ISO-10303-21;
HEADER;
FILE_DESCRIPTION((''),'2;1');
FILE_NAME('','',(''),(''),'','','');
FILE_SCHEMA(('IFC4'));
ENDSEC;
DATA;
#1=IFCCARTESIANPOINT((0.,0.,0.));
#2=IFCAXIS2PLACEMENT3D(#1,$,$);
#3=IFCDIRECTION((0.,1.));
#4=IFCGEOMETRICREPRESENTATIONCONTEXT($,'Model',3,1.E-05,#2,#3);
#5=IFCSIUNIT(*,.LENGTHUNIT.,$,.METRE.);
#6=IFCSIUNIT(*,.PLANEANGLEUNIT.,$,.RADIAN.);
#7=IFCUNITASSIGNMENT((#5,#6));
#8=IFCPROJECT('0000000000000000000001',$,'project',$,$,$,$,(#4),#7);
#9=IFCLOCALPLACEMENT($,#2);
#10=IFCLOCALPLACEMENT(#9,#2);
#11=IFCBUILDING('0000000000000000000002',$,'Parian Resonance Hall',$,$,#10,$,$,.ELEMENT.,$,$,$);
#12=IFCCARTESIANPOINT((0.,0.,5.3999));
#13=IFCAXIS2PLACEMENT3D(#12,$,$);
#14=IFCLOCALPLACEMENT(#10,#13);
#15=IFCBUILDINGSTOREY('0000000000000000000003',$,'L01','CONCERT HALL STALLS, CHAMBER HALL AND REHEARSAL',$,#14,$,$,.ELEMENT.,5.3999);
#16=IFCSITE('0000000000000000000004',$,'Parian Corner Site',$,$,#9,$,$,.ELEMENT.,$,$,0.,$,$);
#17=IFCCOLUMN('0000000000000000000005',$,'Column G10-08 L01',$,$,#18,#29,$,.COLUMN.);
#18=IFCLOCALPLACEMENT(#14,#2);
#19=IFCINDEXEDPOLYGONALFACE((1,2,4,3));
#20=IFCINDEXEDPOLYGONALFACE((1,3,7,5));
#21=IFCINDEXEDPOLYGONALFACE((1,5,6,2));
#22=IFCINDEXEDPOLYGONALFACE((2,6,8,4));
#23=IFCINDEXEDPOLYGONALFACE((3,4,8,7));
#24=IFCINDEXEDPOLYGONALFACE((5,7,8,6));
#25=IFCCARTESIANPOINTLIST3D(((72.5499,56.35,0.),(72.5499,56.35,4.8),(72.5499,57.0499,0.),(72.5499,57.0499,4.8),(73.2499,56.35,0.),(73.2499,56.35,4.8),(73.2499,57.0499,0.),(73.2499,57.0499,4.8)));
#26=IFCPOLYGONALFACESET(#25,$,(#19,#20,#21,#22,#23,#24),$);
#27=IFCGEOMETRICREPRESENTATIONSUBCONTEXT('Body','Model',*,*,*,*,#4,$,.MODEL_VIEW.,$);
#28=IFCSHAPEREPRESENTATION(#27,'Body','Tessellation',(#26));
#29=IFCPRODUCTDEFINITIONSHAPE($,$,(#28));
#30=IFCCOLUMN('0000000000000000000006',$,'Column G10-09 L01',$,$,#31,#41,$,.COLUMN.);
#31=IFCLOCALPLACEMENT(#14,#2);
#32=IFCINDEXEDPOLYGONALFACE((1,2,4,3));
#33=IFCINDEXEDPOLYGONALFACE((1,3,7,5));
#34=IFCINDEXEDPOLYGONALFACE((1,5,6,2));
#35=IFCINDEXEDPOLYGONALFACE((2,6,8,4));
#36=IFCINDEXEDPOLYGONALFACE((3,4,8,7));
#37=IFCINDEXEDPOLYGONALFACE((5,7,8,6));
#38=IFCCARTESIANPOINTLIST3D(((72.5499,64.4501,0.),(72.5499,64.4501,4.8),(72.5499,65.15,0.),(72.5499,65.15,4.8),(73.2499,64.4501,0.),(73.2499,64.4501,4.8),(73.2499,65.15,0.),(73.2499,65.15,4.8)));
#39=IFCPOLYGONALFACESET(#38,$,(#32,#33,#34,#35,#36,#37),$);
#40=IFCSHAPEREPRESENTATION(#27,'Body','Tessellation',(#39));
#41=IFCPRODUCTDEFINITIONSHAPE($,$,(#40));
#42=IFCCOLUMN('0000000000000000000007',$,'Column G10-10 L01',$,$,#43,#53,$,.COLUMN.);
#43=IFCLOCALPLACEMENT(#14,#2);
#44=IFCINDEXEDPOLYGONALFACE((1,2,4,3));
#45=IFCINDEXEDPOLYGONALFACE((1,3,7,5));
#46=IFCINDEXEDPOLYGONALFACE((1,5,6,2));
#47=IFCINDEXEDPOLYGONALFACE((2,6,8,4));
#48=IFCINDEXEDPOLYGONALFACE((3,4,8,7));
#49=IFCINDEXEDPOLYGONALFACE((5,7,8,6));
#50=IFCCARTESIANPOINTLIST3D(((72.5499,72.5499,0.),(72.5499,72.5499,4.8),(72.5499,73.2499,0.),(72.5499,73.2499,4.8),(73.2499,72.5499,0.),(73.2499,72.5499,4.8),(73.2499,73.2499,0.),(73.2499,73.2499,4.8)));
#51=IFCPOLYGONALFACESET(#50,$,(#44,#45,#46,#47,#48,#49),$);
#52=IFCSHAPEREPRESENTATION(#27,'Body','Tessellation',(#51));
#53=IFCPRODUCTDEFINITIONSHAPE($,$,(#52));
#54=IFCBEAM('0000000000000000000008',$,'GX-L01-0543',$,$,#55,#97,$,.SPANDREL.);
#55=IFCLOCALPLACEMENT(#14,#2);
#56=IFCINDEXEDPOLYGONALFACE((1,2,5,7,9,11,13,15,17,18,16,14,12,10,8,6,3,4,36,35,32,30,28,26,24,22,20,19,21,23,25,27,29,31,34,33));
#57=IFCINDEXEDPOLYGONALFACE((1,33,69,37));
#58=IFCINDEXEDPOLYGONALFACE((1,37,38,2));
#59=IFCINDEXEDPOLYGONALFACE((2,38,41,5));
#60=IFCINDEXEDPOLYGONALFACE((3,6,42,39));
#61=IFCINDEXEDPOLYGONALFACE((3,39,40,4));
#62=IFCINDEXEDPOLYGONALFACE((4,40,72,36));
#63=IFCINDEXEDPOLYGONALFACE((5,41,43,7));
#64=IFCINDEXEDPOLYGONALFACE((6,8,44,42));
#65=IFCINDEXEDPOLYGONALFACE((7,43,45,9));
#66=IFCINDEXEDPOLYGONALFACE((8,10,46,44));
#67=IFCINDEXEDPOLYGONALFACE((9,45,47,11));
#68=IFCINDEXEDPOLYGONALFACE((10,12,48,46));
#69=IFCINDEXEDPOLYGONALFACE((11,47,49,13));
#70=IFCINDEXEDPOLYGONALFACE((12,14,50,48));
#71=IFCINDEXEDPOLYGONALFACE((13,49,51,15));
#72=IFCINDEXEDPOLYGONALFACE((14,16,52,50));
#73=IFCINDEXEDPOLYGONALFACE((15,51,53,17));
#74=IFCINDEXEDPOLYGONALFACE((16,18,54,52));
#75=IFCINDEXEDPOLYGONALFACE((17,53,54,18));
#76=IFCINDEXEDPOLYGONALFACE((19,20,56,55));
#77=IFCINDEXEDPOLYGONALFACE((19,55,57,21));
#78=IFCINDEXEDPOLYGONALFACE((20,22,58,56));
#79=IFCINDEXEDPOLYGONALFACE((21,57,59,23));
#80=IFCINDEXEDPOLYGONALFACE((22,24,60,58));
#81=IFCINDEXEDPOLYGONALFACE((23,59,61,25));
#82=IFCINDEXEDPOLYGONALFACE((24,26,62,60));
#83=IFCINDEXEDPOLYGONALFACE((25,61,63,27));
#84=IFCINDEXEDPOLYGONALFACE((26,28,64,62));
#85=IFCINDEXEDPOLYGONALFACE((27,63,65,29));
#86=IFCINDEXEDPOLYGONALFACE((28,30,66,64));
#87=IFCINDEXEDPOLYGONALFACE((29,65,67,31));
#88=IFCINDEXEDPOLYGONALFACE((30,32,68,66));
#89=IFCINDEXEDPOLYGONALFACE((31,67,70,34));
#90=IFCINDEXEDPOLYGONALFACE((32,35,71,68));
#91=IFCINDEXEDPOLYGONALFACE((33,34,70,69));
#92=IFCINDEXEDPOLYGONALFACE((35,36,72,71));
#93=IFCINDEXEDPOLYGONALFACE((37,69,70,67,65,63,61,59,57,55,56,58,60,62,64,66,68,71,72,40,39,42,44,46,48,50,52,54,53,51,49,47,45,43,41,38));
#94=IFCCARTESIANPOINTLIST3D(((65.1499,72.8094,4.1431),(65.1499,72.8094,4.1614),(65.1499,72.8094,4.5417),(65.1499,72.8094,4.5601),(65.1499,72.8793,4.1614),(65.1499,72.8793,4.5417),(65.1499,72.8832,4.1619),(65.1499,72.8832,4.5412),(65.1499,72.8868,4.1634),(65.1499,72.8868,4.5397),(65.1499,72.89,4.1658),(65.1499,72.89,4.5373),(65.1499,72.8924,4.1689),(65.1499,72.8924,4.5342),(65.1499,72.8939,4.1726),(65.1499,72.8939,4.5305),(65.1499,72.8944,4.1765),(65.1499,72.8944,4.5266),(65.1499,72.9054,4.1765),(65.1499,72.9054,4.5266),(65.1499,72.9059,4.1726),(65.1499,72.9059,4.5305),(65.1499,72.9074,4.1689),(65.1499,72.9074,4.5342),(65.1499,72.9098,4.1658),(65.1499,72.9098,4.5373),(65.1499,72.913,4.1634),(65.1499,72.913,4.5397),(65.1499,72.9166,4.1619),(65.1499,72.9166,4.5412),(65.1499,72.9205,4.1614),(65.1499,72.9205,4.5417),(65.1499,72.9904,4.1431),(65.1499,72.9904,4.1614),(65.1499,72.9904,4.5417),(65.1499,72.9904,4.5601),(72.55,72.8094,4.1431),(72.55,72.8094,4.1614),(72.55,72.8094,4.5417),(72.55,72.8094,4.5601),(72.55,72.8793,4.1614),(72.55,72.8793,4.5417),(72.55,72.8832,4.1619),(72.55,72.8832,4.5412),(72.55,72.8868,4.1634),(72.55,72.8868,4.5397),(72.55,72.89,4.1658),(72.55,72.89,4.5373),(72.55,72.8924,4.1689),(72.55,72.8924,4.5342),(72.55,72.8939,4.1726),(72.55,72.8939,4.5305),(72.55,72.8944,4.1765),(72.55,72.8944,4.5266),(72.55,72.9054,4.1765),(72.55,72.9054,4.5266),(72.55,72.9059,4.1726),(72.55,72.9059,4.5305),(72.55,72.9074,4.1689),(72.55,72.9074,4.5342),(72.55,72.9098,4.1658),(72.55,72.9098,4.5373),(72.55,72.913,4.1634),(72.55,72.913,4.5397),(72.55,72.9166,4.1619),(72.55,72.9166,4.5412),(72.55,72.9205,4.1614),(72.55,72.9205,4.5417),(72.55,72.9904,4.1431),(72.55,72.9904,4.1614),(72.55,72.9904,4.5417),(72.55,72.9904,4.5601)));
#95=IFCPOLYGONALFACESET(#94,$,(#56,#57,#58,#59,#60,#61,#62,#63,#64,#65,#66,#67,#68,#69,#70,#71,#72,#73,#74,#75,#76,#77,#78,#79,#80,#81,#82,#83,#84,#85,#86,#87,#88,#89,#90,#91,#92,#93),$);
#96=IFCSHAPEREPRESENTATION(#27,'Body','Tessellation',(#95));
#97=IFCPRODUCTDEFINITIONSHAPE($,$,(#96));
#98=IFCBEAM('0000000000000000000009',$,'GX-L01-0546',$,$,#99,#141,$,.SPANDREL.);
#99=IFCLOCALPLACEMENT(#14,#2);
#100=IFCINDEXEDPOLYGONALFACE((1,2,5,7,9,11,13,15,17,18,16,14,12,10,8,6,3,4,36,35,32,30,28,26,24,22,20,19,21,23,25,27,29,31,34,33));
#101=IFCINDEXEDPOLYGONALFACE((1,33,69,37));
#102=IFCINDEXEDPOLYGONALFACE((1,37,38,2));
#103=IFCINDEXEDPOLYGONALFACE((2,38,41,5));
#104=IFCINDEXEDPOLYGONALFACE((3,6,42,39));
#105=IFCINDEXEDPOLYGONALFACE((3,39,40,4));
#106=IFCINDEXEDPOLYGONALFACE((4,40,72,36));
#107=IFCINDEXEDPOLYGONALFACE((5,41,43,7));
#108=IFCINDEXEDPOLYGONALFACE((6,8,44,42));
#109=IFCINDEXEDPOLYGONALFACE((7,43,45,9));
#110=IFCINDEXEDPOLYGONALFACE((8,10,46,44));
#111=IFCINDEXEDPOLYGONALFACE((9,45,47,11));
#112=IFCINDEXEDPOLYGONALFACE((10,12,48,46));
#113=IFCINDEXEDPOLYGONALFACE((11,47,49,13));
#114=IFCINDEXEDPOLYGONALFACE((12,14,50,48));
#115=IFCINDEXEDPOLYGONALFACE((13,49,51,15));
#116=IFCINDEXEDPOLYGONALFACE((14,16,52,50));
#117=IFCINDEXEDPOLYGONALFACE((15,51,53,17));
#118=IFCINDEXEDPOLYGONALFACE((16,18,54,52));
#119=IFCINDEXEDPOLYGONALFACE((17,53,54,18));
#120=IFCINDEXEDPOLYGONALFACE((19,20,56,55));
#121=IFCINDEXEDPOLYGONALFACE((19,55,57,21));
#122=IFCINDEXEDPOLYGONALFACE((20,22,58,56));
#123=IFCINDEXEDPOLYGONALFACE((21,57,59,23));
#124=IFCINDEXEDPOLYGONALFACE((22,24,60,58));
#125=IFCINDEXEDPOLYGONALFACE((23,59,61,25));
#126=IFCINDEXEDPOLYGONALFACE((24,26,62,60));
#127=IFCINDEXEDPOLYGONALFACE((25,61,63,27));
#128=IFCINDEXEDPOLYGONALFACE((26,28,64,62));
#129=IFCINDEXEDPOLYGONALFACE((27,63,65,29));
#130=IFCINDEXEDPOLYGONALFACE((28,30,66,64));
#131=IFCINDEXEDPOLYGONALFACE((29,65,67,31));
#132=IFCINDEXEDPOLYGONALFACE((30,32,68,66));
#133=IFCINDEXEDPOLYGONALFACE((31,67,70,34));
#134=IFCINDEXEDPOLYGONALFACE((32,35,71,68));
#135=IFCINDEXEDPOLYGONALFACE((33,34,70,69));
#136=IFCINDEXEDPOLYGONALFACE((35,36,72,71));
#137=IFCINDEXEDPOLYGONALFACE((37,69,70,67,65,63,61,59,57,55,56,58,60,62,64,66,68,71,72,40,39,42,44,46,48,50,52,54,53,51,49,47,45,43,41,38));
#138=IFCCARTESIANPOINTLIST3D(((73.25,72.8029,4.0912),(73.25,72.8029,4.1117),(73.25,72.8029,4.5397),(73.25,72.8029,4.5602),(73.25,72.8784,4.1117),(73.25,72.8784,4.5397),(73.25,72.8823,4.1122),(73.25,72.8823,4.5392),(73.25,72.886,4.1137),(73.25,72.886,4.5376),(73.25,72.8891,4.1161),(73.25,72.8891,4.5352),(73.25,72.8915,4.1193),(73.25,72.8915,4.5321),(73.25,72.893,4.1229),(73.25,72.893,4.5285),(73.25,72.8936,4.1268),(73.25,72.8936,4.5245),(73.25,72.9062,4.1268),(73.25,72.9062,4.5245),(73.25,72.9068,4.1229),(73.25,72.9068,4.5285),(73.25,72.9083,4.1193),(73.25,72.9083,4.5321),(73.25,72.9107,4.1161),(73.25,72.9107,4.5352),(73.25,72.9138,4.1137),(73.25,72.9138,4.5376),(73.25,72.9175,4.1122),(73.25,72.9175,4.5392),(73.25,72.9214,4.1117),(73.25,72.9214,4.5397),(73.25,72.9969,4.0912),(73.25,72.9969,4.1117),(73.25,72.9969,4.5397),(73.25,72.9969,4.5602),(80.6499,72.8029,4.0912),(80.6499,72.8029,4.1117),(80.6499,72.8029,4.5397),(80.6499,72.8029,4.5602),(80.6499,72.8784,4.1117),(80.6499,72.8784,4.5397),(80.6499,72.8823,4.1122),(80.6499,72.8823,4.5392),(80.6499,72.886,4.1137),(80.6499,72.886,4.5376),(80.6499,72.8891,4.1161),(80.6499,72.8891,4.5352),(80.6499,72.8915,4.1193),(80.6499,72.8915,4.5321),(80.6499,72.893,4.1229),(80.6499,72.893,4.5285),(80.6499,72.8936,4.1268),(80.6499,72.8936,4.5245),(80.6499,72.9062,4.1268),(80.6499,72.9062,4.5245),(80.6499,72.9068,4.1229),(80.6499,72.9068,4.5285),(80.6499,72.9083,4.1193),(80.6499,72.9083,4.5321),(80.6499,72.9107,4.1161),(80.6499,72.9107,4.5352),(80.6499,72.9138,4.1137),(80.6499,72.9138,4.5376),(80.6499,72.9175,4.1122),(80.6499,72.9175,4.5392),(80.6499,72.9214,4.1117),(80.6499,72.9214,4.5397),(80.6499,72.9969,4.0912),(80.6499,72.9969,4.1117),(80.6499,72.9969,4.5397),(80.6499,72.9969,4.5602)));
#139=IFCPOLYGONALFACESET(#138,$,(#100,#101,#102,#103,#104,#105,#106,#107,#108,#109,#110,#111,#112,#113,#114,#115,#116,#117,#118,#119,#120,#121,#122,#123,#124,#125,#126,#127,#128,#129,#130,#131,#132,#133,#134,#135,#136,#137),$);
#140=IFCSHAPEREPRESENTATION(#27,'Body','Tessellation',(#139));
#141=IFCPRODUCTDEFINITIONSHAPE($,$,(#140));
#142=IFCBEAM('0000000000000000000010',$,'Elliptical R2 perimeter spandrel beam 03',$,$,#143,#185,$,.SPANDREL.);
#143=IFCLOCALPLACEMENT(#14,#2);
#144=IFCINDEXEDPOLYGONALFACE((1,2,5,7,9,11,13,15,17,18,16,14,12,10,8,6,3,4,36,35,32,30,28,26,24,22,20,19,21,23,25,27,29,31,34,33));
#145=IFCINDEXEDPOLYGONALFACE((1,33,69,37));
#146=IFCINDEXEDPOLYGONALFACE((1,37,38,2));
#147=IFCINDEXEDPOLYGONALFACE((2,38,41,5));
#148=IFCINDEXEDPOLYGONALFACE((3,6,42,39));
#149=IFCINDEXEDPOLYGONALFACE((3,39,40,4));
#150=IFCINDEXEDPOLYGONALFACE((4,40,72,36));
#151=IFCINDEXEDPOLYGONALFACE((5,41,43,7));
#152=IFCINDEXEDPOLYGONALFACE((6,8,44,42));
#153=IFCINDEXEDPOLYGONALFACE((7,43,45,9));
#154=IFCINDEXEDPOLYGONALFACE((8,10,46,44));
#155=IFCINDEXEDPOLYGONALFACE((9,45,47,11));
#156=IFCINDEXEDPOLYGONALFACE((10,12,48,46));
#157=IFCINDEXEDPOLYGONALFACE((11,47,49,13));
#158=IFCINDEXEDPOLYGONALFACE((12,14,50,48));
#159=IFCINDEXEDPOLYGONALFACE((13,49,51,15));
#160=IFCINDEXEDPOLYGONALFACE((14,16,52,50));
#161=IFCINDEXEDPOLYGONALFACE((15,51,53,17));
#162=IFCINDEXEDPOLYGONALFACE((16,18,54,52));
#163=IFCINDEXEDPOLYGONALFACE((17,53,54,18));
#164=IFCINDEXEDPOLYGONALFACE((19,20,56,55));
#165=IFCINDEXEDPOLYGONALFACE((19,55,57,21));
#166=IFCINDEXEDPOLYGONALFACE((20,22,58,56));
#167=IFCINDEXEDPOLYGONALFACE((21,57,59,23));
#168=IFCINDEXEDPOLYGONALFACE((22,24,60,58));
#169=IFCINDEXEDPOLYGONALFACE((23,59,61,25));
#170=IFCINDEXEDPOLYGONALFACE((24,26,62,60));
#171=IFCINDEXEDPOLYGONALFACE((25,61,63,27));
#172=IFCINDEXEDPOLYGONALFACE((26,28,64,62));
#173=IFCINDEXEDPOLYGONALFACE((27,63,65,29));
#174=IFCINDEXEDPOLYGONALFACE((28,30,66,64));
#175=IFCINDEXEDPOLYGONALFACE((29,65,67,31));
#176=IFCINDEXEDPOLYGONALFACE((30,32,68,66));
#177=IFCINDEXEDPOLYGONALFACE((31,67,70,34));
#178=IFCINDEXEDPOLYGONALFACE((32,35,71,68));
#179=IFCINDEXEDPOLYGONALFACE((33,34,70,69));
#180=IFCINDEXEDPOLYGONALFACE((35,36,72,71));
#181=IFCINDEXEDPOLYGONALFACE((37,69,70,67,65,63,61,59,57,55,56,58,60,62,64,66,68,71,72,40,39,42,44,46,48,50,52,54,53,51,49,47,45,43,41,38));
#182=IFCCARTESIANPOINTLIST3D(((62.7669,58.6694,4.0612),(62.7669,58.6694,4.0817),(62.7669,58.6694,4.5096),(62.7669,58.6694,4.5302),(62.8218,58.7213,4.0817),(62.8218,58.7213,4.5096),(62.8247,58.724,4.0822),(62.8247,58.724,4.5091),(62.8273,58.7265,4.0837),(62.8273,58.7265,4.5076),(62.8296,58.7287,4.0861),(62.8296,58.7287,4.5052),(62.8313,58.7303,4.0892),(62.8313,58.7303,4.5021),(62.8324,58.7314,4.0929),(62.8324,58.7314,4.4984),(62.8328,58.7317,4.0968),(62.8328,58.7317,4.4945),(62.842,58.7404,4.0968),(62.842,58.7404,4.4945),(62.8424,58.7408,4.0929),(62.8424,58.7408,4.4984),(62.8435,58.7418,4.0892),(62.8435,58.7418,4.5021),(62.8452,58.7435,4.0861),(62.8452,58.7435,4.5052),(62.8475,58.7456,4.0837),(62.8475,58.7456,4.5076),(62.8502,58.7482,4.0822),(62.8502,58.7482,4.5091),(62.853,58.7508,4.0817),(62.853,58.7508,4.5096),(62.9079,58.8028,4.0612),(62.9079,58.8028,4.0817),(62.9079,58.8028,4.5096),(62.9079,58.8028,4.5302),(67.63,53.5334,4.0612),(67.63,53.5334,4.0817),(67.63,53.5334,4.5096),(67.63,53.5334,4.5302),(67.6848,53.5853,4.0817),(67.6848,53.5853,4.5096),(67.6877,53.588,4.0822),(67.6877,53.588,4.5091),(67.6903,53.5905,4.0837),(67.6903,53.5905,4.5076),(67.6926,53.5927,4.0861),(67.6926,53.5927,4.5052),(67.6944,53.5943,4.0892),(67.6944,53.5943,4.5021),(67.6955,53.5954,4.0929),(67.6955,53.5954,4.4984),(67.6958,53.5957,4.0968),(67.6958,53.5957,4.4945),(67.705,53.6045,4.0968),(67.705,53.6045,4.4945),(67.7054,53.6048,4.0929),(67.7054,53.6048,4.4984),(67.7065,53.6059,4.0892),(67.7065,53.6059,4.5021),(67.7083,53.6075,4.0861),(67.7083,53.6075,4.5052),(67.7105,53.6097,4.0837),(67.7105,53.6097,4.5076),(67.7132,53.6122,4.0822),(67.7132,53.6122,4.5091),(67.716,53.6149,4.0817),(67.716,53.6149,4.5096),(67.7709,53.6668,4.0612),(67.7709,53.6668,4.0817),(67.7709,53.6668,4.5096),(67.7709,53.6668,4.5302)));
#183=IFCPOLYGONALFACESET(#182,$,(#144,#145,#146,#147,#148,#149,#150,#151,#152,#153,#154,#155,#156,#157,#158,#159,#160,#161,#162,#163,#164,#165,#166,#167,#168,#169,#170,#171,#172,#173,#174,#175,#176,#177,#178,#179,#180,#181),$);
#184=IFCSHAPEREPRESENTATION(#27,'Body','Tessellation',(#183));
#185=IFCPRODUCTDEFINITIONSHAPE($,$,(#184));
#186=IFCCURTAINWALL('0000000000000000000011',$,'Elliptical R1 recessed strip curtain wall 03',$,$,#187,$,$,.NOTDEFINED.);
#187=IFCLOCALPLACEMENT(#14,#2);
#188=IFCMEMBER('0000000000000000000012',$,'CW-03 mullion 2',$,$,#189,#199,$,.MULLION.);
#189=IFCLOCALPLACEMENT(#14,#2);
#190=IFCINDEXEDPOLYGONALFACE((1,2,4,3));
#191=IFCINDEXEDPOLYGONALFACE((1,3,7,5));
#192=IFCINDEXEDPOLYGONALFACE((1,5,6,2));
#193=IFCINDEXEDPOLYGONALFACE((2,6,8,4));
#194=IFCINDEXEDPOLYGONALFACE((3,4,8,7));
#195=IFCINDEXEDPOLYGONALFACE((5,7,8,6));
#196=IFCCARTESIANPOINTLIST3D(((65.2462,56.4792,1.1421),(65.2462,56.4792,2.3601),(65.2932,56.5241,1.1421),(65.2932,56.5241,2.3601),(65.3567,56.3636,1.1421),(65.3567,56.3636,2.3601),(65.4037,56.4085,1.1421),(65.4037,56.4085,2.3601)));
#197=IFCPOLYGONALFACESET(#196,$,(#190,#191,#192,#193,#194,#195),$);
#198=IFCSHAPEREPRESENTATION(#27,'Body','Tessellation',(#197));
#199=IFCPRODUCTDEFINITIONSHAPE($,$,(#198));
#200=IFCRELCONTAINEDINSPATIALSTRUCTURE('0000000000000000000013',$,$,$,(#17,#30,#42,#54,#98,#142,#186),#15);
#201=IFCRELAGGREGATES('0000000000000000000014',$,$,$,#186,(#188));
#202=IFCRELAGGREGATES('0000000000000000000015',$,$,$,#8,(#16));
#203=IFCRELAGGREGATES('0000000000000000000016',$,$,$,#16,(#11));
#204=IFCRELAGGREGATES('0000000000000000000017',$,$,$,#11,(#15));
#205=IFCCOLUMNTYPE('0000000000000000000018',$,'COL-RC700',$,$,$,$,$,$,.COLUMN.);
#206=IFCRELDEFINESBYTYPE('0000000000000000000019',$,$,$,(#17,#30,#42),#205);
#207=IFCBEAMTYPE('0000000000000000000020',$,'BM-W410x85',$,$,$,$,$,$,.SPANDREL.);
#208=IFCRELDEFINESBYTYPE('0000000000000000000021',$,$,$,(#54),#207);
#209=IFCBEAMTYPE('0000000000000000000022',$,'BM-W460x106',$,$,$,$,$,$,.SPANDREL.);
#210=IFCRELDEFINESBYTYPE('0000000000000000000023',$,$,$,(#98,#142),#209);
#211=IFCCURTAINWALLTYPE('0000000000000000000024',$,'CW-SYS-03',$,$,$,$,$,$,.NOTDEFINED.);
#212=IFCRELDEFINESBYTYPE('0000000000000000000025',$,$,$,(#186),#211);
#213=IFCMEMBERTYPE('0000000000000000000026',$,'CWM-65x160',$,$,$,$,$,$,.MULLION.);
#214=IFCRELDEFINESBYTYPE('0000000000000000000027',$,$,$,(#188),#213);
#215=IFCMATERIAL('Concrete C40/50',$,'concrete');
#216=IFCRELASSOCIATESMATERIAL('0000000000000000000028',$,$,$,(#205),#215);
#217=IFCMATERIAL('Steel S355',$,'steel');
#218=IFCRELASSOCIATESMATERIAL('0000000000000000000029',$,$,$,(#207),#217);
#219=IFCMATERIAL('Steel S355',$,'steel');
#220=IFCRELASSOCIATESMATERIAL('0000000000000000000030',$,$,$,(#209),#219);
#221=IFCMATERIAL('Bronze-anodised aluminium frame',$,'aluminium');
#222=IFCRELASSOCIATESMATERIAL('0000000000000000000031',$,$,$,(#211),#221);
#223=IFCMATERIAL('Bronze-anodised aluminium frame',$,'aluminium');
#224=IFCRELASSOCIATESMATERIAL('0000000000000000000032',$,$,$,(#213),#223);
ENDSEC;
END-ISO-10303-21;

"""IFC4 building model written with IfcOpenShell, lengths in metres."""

from ifc_helpers import new_model, si_unit, direction, frame, origin, origin_2d, place, context, subcontext, project, spatial, rectangle, i_section, extrude, material, material_profile, profile_set, type_object, element, aggregate, save


model = new_model("IFC4")

# Units and contexts
model_context = context("Model", 3, precision=1e-05, world=origin(), true_north=direction((0.0, 1.0)))
body_context = subcontext(model_context, "Body", "Model", "MODEL_VIEW")
ifc_project = project(units=[si_unit("LENGTHUNIT", "METRE"), si_unit("PLANEANGLEUNIT", "RADIAN")], contexts=[model_context])

# Site, building, storey
site_placement = place(None, origin())
site = spatial("IfcSite", under=ifc_project, at=site_placement, Name="Parian Corner Site", CompositionType="ELEMENT", RefElevation=0.0)
building_placement = place(site_placement, origin())
building = spatial("IfcBuilding", under=site, at=building_placement, Name="Parian Resonance Hall", CompositionType="ELEMENT")
storey_placement = place(building_placement, frame((0.0, 0.0, 5.3999)))
storey = spatial("IfcBuildingStorey", under=building, at=storey_placement, Name="L01", Description="CONCERT HALL STALLS, CHAMBER HALL AND REHEARSAL", CompositionType="ELEMENT", Elevation=5.3999)

# Columns
ifc_material_1 = material(Name="Concrete C40/50", Category="concrete")
ifc_material_profile_1 = material_profile(ifc_material_1, rectangle(XDim=0.7, YDim=0.7, at=origin_2d()), Name="RC-COL-700x700")
ifc_profile_set_1 = profile_set([ifc_material_profile_1], Name="Concrete C40/50")
column_type = type_object("IfcColumnType", Name="COL-RC700", PredefinedType="COLUMN", material=ifc_profile_set_1)
for number, where, z_axis, x_axis, name in (
    (1, (72.8999, 56.7, 0.0), (0.0, 0.0, 1.0), (1.0, 0.0, 0.0), "Column G10-08 L01"),
    (2, (72.8999, 64.8, 0.0), (0.0, 0.0, 1.0), (1.0, 0.0, 0.0), "Column G10-09 L01"),
    (3, (72.8999, 72.8999, 0.0), (0.0, 0.0, 1.0), (1.0, 0.0, 0.0), "Column G10-10 L01"),
):
    element("IfcColumn", number, at=place(storey_placement, frame(where, z_axis=z_axis, x_axis=x_axis)), inside=storey, type_object=column_type, Name=name, PredefinedType="COLUMN", context=body_context, shape_type="SweptSolid", body=[
        extrude(rectangle(XDim=0.7, YDim=0.7, at=origin_2d()), origin(), (0.0, 0.0, 1.0), 4.8),
    ])

# Beams
ifc_material_2 = material(Name="Steel S355", Category="steel")
ifc_material_profile_2 = material_profile(ifc_material_2, i_section(OverallWidth=0.1809, OverallDepth=0.417, WebThickness=0.011, FlangeThickness=0.0183, FilletRadius=0.0151, at=origin_2d()), Name="W410x85")
ifc_profile_set_2 = profile_set([ifc_material_profile_2], Name="Steel S355")
beam_type_1 = type_object("IfcBeamType", Name="BM-W410x85", PredefinedType="SPANDREL", material=ifc_profile_set_2)
beam_1_placement = place(storey_placement, frame((65.1499, 72.8999, 4.3516), z_axis=(1.0, 0.0, 0.0), x_axis=(0.0, 1.0, 0.0)))
element("IfcBeam", 4, at=beam_1_placement, inside=storey, type_object=beam_type_1, Name="GX-L01-0543", PredefinedType="SPANDREL", context=body_context, shape_type="SweptSolid", body=[
    extrude(i_section(OverallWidth=0.1809, OverallDepth=0.417, WebThickness=0.011, FlangeThickness=0.0183, FilletRadius=0.0151, at=origin_2d()), origin(), (0.0, 0.0, 1.0), 7.4001),
])
ifc_material_3 = material(Name="Steel S355", Category="steel")
ifc_material_profile_3 = material_profile(ifc_material_3, i_section(OverallWidth=0.1941, OverallDepth=0.469, WebThickness=0.0127, FlangeThickness=0.0205, FilletRadius=0.0151, at=origin_2d()), Name="W460x106")
ifc_profile_set_3 = profile_set([ifc_material_profile_3], Name="Steel S355")
beam_type_2 = type_object("IfcBeamType", Name="BM-W460x106", PredefinedType="SPANDREL", material=ifc_profile_set_3)
beam_2_placement = place(storey_placement, frame((73.25, 72.8999, 4.3257), z_axis=(1.0, 0.0, 0.0), x_axis=(0.0, 1.0, 0.0)))
element("IfcBeam", 5, at=beam_2_placement, inside=storey, type_object=beam_type_2, Name="GX-L01-0546", PredefinedType="SPANDREL", context=body_context, shape_type="SweptSolid", body=[
    extrude(i_section(OverallWidth=0.1941, OverallDepth=0.469, WebThickness=0.0127, FlangeThickness=0.0205, FilletRadius=0.0151, at=origin_2d()), origin(), (0.0, 0.0, 1.0), 7.3999),
])
beam_3_placement = place(storey_placement, frame((67.7004, 53.6001, 4.2957), z_axis=(-0.687548, 0.726139, 0.0), x_axis=(-0.726139, -0.687548, 0.0)))
element("IfcBeam", 6, at=beam_3_placement, inside=storey, type_object=beam_type_2, Name="Elliptical R2 perimeter spandrel beam 03", PredefinedType="SPANDREL", context=body_context, shape_type="SweptSolid", body=[
    extrude(i_section(OverallWidth=0.1941, OverallDepth=0.469, WebThickness=0.0127, FlangeThickness=0.0205, FilletRadius=0.0151, at=origin_2d()), origin(), (0.0, 0.0, 1.0), 7.073),
])

# Curtain wall, member
ifc_material_4 = material(Name="Bronze-anodised aluminium frame", Category="aluminium")
curtain_wall_type_1 = type_object("IfcCurtainWallType", Name="CW-SYS-03", PredefinedType="NOTDEFINED", material=ifc_material_4)
curtain_wall_1_placement = place(storey_placement, origin())
curtain_wall_1 = element("IfcCurtainWall", 7, at=curtain_wall_1_placement, inside=storey, type_object=curtain_wall_type_1, Name="Elliptical R1 recessed strip curtain wall 03", PredefinedType="NOTDEFINED")
ifc_material_5 = material(Name="Bronze-anodised aluminium frame", Category="aluminium")
ifc_material_profile_4 = material_profile(ifc_material_5, rectangle(XDim=0.0649, YDim=0.1599, at=origin_2d()), Name="CWM-65x160")
ifc_profile_set_4 = profile_set([ifc_material_profile_4], Name="Bronze-anodised aluminium frame")
member_type_1 = type_object("IfcMemberType", Name="CWM-65x160", PredefinedType="MULLION", material=ifc_profile_set_4)
member_1_placement = place(storey_placement, frame((65.325, 56.4438, 1.1421), z_axis=(0.0, 0.0, 1.0), x_axis=(0.722863, 0.690992, 0.0)))
member_1 = element("IfcMember", 8, at=member_1_placement, type_object=member_type_1, Name="CW-03 mullion 2", PredefinedType="MULLION", context=body_context, shape_type="SweptSolid", body=[
    extrude(rectangle(XDim=0.0649, YDim=0.1599, at=origin_2d()), origin(), (0.0, 0.0, 1.0), 1.218),
])

aggregate(curtain_wall_1, [member_1])

save(model, "model.ifc")
